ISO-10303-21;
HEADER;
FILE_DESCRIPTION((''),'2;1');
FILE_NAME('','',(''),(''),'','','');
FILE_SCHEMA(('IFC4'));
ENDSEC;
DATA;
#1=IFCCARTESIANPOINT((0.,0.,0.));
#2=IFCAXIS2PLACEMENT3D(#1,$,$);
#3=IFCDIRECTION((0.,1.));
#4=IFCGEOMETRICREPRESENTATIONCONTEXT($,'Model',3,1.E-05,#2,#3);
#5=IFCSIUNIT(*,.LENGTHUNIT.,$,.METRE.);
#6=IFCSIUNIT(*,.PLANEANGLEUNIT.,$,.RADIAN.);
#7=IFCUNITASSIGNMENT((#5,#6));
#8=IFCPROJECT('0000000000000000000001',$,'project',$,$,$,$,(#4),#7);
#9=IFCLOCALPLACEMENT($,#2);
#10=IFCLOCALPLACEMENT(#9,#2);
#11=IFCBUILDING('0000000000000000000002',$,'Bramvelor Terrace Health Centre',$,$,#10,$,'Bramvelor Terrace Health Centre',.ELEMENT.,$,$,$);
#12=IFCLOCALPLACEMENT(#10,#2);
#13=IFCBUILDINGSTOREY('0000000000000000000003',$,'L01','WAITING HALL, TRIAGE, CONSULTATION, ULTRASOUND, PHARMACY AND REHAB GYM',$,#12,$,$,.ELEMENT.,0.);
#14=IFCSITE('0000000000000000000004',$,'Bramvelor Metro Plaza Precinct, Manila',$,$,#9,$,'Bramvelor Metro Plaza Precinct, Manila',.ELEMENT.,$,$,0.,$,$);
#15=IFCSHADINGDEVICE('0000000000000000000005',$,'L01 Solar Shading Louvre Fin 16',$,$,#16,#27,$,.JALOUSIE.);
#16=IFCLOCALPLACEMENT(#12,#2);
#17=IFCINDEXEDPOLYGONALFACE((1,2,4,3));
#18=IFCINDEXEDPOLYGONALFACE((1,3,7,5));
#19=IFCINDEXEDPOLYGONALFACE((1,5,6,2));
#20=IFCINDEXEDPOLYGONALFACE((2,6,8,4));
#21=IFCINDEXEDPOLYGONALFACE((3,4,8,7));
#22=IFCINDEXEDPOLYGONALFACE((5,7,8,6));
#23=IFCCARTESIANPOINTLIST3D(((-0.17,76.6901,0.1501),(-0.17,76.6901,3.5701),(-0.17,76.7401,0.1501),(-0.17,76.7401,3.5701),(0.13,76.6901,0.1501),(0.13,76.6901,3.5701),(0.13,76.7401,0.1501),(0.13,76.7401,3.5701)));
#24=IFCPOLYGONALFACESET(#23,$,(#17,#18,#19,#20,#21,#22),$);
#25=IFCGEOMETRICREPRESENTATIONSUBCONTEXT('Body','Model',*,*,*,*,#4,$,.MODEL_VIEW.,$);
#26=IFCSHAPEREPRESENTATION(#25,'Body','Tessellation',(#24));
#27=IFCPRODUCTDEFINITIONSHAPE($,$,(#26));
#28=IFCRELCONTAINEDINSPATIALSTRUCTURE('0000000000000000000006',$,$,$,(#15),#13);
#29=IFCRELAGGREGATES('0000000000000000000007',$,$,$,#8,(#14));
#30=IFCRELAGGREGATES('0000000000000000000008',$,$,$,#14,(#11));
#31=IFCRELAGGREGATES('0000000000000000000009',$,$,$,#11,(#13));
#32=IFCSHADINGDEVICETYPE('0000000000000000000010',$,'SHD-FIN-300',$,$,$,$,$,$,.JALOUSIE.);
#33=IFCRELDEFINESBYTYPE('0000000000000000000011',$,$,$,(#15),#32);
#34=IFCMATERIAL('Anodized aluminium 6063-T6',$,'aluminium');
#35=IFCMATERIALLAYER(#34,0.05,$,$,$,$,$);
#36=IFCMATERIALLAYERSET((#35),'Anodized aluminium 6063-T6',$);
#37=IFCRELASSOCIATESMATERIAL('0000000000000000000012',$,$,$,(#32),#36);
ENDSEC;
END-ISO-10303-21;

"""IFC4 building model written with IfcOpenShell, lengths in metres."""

from ifc_helpers import new_model, si_unit, direction, frame, origin, origin_2d, place, context, subcontext, project, spatial, rectangle, extrude, material, layer, layer_set, type_object, element, save


model = new_model("IFC4")

# Units and contexts
model_context = context("Model", 3, precision=1e-05, world=origin(), true_north=direction((0.0, 1.0)))
body_context = subcontext(model_context, "Body", "Model", "MODEL_VIEW")
ifc_project = project(units=[si_unit("LENGTHUNIT", "METRE"), si_unit("PLANEANGLEUNIT", "RADIAN")], contexts=[model_context])

# Site, building, storey
site_placement = place(None, origin())
site = spatial("IfcSite", under=ifc_project, at=site_placement, Name="Bramvelor Metro Plaza Precinct, Manila", LongName="Bramvelor Metro Plaza Precinct, Manila", CompositionType="ELEMENT", RefElevation=0.0)
building_placement = place(site_placement, origin())
building = spatial("IfcBuilding", under=site, at=building_placement, Name="Bramvelor Terrace Health Centre", LongName="Bramvelor Terrace Health Centre", CompositionType="ELEMENT")
storey_placement = place(building_placement, origin())
storey = spatial("IfcBuildingStorey", under=building, at=storey_placement, Name="L01", Description="WAITING HALL, TRIAGE, CONSULTATION, ULTRASOUND, PHARMACY AND REHAB GYM", CompositionType="ELEMENT", Elevation=0.0)

# Shading device
ifc_material_1 = material(Name="Anodized aluminium 6063-T6", Category="aluminium")
ifc_layer_1 = layer(ifc_material_1, 0.05)
ifc_layer_set_1 = layer_set([ifc_layer_1], Name="Anodized aluminium 6063-T6")
shading_device_type = type_object("IfcShadingDeviceType", Name="SHD-FIN-300", PredefinedType="JALOUSIE", material=ifc_layer_set_1)
for number, where, z_axis, x_axis, name in (
    (1, (-0.02, 76.7151, 0.1501), (0.0, 0.0, 1.0), (1.0, 0.0, 0.0), "L01 Solar Shading Louvre Fin 16"),
):
    element("IfcShadingDevice", number, at=place(storey_placement, frame(where, z_axis=z_axis, x_axis=x_axis)), inside=storey, type_object=shading_device_type, Name=name, PredefinedType="JALOUSIE", context=body_context, shape_type="SweptSolid", body=[
        extrude(rectangle(XDim=0.3, YDim=0.05, at=origin_2d()), origin(), (0.0, 0.0, 1.0), 3.4199),
    ])

save(model, "model.ifc")
